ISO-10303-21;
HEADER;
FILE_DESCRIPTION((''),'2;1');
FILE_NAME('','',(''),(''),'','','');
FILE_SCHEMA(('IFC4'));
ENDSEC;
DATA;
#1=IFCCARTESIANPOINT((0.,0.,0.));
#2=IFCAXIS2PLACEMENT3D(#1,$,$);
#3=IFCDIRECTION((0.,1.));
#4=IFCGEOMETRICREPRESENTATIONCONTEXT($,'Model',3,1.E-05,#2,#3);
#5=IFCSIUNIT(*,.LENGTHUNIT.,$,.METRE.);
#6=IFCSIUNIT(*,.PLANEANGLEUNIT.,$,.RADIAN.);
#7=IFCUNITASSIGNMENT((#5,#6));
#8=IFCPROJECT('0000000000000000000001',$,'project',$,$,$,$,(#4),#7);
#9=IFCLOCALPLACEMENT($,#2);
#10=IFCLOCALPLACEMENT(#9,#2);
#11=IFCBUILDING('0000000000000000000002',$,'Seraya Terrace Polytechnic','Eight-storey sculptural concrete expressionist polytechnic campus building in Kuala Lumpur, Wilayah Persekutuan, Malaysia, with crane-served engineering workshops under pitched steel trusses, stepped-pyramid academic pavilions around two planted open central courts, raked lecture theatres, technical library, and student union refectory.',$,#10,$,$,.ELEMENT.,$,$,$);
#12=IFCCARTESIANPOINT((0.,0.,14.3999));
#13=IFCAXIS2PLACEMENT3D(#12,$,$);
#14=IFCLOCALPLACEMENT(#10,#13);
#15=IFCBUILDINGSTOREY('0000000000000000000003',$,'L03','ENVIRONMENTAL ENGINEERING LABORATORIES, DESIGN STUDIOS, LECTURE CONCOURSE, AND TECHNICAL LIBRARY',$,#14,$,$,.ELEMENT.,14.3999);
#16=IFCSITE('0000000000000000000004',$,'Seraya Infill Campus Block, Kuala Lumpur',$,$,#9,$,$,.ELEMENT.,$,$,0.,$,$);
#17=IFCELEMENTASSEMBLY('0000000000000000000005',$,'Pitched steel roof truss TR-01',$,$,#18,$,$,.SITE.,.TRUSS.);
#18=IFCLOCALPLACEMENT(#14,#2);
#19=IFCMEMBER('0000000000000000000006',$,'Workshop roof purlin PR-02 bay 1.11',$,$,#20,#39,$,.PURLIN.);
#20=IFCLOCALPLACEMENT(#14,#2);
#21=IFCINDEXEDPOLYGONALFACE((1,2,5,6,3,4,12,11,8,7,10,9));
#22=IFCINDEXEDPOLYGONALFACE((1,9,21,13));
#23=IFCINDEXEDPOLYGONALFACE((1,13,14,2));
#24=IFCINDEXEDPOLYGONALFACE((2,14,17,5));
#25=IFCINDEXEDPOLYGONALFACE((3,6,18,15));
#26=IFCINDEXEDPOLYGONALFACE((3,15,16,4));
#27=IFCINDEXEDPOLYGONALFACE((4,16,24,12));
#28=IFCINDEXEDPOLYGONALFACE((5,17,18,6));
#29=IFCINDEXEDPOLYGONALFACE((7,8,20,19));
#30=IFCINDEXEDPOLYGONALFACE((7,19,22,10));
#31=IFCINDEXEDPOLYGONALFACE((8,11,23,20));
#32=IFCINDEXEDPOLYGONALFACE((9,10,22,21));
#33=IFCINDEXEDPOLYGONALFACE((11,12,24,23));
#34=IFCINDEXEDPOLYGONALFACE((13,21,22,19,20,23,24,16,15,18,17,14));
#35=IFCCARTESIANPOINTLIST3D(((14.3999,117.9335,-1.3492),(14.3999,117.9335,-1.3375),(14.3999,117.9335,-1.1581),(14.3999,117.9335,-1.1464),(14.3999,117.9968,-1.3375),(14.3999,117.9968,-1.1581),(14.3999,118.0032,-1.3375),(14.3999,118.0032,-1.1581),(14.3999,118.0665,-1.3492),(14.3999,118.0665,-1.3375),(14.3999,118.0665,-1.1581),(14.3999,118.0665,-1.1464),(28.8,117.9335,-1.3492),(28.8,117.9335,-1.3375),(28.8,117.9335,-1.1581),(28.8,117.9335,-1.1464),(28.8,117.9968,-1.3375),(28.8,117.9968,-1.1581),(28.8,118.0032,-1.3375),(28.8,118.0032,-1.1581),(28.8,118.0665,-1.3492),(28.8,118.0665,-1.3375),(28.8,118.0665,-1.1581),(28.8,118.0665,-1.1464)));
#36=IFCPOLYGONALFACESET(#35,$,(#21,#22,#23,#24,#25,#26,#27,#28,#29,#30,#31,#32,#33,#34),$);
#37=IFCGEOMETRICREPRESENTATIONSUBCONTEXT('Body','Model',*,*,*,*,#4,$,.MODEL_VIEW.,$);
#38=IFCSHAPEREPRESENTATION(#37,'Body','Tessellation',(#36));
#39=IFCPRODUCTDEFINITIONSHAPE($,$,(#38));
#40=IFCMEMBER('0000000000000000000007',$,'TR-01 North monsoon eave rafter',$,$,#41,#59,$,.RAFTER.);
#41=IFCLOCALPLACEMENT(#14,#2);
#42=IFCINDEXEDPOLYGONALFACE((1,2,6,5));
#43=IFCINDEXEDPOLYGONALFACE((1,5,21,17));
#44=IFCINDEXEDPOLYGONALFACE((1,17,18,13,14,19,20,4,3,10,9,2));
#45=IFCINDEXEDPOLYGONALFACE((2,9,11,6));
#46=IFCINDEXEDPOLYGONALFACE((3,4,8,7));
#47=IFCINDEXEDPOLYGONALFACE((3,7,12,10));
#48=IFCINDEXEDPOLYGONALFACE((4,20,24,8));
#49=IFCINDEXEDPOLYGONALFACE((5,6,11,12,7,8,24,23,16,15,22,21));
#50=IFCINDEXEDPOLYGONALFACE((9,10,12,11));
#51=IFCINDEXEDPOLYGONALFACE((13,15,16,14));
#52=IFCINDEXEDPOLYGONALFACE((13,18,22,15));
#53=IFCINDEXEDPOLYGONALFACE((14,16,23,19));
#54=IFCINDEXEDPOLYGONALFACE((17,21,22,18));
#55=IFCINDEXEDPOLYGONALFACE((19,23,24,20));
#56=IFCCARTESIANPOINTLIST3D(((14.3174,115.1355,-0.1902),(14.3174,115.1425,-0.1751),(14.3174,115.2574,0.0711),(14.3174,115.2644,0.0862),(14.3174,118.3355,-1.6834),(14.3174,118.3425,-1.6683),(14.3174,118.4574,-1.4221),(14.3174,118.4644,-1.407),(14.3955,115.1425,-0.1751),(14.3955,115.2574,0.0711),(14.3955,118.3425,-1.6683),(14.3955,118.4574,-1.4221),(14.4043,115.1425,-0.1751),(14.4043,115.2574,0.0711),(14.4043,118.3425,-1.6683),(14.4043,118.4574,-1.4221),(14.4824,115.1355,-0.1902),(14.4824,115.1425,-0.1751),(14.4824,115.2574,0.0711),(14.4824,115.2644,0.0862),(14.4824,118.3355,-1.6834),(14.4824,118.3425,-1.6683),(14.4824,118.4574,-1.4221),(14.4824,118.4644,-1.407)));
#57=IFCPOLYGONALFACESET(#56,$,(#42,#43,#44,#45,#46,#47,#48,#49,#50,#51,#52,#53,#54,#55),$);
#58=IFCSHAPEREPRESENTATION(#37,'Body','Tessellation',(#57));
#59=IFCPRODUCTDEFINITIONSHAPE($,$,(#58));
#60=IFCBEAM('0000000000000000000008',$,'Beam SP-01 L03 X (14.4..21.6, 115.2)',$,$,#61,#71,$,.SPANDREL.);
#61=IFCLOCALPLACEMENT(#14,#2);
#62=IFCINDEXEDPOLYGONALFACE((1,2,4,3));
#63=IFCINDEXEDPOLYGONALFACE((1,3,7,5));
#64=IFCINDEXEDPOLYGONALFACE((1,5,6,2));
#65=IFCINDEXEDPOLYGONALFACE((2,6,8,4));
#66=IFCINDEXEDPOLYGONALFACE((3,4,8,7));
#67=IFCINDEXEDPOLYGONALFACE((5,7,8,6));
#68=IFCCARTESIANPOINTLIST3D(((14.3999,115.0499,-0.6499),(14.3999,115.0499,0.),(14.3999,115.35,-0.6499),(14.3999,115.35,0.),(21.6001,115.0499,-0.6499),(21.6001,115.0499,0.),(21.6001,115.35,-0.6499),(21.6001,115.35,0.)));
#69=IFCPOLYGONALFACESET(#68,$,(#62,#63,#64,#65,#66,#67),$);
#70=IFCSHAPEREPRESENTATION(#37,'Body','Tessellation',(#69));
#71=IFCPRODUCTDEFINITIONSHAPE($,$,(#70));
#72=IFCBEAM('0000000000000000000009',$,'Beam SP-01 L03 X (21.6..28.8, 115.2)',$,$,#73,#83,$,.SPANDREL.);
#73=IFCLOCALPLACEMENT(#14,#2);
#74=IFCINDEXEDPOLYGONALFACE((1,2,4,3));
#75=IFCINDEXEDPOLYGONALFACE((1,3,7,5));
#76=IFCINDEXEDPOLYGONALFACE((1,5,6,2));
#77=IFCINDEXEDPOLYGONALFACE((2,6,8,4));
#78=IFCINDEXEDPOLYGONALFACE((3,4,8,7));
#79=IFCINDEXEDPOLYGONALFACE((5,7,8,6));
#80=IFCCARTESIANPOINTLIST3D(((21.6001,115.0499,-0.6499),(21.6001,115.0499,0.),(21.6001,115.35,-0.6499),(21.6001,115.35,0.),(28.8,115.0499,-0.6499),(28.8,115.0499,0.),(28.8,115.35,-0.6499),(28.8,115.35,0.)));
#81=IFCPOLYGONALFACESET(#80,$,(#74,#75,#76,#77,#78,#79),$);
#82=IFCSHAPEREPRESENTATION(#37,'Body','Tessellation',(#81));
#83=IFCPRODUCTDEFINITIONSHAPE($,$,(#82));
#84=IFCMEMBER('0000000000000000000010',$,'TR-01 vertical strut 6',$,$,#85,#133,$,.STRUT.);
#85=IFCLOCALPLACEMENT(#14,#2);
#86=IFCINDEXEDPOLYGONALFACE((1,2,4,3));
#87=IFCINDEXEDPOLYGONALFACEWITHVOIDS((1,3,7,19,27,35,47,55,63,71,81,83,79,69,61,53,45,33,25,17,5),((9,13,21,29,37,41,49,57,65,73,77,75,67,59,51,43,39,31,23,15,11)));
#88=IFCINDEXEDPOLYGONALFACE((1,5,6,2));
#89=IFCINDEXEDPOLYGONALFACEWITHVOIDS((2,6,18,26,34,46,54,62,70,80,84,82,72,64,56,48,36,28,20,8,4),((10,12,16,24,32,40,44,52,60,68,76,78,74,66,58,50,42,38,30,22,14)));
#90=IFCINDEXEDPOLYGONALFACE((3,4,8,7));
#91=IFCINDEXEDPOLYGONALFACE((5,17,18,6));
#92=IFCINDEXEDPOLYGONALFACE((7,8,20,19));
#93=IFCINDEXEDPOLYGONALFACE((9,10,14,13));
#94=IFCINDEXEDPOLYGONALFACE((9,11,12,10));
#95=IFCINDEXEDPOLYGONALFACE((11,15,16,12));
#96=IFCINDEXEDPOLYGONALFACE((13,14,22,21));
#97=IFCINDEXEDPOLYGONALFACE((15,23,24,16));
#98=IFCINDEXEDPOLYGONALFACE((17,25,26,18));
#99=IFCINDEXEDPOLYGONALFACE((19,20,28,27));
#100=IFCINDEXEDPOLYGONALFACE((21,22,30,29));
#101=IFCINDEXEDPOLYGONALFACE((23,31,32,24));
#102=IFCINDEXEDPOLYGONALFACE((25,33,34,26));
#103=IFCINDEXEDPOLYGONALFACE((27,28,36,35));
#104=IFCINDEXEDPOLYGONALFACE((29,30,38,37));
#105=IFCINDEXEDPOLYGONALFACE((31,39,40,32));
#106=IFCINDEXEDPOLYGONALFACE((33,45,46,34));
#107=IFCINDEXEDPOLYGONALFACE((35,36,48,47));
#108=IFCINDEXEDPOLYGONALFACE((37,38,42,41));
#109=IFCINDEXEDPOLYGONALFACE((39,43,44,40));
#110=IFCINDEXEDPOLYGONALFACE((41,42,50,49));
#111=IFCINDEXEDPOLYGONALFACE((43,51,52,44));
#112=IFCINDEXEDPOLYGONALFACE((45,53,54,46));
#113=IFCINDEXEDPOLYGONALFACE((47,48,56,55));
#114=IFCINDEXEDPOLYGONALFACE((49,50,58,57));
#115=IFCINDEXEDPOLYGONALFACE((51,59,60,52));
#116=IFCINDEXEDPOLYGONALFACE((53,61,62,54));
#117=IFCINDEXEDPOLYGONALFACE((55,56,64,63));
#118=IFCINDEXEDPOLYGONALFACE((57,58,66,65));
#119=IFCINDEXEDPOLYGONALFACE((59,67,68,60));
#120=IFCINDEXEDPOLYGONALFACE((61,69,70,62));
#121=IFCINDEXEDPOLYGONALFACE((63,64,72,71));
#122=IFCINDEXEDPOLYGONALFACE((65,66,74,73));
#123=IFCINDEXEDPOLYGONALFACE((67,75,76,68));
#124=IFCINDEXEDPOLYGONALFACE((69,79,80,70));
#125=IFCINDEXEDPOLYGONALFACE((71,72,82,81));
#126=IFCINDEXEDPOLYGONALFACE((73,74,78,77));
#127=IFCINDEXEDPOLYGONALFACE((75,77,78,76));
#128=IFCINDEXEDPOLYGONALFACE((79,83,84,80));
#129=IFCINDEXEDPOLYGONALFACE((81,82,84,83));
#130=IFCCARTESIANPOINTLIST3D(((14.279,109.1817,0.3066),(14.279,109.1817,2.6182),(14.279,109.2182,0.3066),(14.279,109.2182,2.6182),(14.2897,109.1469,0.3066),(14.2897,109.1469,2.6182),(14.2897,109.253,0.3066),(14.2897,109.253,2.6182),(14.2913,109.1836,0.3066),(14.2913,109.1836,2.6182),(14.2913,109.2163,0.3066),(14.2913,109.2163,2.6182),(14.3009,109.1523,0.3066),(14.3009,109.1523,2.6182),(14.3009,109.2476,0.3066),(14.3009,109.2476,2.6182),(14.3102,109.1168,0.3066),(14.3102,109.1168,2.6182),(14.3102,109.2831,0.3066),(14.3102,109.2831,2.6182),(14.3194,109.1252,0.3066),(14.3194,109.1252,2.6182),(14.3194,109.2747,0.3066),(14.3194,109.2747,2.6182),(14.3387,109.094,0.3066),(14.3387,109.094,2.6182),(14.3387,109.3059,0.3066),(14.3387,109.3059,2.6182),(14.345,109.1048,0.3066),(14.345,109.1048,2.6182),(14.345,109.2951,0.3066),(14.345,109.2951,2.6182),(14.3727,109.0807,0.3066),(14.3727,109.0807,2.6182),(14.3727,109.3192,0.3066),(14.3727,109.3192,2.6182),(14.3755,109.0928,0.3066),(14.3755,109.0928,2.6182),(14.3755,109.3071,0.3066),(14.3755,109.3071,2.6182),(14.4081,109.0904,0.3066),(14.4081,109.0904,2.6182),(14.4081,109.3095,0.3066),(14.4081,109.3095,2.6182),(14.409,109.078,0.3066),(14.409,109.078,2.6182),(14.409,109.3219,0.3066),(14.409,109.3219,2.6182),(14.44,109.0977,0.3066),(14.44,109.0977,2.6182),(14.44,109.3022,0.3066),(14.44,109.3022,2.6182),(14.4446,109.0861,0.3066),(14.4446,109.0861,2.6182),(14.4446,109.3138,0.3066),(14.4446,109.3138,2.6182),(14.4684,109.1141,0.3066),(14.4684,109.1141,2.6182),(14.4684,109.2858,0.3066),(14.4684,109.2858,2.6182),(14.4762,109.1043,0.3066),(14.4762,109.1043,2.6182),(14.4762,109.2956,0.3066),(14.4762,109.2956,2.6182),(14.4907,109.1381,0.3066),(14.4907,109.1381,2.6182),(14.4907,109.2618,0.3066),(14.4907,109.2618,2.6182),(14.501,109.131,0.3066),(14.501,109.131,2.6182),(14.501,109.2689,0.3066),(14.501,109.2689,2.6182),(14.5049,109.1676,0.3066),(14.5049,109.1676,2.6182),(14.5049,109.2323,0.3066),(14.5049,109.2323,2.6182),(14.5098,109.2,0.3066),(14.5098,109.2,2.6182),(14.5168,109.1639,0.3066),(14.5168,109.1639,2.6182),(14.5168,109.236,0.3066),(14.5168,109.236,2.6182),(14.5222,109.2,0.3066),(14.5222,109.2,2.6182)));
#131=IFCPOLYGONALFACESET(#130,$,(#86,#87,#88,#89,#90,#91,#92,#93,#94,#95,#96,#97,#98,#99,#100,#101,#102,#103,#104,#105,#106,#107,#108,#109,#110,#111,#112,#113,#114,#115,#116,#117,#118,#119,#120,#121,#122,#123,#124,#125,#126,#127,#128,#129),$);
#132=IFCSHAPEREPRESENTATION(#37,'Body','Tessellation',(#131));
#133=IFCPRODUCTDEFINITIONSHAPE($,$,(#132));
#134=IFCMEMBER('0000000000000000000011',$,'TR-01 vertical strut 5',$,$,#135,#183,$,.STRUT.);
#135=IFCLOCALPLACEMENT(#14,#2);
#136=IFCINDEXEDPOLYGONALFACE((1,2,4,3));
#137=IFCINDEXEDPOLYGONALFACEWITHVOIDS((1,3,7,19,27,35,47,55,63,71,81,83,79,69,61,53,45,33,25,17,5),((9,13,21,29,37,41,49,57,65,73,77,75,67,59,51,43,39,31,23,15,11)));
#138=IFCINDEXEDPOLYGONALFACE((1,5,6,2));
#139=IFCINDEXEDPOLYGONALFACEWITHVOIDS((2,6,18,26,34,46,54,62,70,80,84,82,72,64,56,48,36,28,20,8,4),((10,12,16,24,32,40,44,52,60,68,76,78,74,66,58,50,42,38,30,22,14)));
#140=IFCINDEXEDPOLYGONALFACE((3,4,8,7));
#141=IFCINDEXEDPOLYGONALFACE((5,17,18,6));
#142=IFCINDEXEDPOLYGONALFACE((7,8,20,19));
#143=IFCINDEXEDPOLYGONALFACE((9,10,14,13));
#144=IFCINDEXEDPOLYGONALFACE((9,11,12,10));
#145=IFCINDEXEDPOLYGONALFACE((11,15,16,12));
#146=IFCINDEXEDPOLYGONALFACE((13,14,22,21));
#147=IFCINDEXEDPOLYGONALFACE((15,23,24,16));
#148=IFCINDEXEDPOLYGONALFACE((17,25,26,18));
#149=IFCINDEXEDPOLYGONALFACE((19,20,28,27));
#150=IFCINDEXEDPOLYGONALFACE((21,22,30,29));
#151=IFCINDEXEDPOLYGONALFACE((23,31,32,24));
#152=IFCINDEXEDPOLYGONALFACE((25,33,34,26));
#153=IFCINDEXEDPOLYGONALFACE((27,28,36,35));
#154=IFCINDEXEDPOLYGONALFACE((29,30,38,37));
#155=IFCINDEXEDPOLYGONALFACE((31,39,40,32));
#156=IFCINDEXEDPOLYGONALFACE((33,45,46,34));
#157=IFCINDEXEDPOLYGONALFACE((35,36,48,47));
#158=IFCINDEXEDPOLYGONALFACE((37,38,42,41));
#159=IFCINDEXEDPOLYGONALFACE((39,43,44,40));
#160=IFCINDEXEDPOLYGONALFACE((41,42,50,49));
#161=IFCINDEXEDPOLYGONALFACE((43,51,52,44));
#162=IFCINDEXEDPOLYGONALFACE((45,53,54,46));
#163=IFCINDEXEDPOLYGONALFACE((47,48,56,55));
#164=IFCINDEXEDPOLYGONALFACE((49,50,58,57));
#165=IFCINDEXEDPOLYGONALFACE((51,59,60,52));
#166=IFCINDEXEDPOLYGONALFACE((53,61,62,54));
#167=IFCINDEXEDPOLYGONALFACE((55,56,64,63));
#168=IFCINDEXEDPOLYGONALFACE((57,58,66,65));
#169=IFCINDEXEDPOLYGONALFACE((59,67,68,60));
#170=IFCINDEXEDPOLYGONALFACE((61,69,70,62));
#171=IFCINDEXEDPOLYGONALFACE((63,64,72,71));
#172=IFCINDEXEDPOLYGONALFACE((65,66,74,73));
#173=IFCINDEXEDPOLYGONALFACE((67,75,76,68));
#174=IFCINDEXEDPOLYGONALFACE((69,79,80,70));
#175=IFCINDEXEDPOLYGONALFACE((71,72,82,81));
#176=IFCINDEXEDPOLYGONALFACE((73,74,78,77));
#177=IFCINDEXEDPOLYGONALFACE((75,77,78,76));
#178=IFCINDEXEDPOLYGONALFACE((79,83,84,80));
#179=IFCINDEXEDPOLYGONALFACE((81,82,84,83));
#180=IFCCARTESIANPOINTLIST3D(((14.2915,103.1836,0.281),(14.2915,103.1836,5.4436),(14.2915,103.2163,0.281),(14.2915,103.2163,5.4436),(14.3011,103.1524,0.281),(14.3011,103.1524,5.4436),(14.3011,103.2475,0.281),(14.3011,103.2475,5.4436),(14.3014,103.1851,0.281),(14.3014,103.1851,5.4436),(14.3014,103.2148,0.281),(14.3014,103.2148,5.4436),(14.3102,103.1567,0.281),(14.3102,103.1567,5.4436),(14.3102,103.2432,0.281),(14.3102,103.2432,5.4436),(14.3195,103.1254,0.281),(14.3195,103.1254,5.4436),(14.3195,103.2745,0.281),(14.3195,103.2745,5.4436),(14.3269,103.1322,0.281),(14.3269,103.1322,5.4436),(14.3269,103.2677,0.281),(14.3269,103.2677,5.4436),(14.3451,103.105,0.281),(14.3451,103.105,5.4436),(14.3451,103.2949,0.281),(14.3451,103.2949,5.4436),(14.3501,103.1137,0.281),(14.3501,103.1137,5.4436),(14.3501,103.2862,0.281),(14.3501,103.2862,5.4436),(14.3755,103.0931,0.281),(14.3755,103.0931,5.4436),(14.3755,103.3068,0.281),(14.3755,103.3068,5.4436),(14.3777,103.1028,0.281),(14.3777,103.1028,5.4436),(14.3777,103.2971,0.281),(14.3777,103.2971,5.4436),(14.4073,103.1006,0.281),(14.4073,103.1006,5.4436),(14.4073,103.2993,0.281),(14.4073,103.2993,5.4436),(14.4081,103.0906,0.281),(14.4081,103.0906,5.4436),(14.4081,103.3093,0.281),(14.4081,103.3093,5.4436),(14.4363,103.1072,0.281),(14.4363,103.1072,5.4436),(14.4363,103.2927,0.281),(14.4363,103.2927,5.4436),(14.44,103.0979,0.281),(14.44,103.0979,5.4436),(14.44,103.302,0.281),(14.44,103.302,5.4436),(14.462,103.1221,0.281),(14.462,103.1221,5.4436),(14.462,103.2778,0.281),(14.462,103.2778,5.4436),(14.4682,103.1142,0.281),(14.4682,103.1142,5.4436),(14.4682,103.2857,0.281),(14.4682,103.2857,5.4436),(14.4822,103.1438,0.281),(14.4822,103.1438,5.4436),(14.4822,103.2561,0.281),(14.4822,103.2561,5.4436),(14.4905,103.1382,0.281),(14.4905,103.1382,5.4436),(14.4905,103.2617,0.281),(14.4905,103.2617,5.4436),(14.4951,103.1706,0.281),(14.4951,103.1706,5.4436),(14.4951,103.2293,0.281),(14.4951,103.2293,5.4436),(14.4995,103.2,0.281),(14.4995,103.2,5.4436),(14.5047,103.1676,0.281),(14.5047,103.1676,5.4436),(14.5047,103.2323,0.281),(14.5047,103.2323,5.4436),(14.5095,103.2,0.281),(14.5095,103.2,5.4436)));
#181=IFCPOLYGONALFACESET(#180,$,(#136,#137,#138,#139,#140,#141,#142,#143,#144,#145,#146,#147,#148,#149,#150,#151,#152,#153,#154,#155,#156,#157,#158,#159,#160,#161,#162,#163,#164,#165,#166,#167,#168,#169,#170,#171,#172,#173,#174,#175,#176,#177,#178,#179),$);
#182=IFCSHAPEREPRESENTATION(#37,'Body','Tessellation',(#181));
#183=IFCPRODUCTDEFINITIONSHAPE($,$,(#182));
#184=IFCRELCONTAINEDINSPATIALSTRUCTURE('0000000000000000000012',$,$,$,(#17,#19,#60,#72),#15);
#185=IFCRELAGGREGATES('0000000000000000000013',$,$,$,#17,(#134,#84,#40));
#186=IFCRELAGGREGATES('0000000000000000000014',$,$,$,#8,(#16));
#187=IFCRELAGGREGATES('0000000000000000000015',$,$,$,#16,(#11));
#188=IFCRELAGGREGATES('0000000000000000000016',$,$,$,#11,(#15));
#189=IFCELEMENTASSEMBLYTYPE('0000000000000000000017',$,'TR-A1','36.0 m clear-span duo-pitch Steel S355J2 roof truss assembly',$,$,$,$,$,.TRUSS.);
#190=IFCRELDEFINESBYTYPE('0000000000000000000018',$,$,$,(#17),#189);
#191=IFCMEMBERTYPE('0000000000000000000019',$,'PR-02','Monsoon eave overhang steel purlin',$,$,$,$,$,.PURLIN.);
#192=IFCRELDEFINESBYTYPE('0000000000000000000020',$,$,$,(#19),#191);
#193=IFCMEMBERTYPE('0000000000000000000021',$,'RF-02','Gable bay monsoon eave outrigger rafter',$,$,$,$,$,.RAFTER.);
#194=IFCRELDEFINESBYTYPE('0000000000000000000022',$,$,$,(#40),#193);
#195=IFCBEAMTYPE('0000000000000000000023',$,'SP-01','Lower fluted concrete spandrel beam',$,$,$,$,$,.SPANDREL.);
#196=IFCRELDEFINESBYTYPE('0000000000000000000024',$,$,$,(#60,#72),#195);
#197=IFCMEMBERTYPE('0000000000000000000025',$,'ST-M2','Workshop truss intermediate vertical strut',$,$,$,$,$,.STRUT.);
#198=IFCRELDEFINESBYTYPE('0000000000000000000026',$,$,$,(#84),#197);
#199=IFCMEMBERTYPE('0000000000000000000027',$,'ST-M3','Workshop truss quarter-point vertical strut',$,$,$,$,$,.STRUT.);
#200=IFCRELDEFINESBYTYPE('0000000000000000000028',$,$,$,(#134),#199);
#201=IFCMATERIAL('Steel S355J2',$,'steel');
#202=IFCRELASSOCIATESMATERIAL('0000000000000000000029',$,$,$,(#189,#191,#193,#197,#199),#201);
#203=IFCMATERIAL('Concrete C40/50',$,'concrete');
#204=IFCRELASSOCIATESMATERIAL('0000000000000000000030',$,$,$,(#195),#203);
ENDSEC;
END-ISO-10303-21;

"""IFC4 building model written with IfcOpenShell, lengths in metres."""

from ifc_helpers import new_model, si_unit, direction, frame, origin, origin_2d, place, context, subcontext, project, spatial, rectangle, hollow_circle, i_section, extrude, material, material_profile, profile_set, type_object, element, aggregate, save


model = new_model("IFC4")

# Units and contexts
model_context = context("Model", 3, precision=1e-05, world=origin(), true_north=direction((0.0, 1.0)))
body_context = subcontext(model_context, "Body", "Model", "MODEL_VIEW")
ifc_project = project(units=[si_unit("LENGTHUNIT", "METRE"), si_unit("PLANEANGLEUNIT", "RADIAN")], contexts=[model_context])

# Site, building, storey
site_placement = place(None, origin())
site = spatial("IfcSite", under=ifc_project, at=site_placement, Name="Seraya Infill Campus Block, Kuala Lumpur", CompositionType="ELEMENT", RefElevation=0.0)
building_placement = place(site_placement, origin())
building = spatial("IfcBuilding", under=site, at=building_placement, Name="Seraya Terrace Polytechnic", Description="Eight-storey sculptural concrete expressionist polytechnic campus building in Kuala Lumpur, Wilayah Persekutuan, Malaysia, with crane-served engineering workshops under pitched steel trusses, stepped-pyramid academic pavilions around two planted open central courts, raked lecture theatres, technical library, and student union refectory.", CompositionType="ELEMENT")
storey_placement = place(building_placement, frame((0.0, 0.0, 14.3999)))
storey = spatial("IfcBuildingStorey", under=building, at=storey_placement, Name="L03", Description="ENVIRONMENTAL ENGINEERING LABORATORIES, DESIGN STUDIOS, LECTURE CONCOURSE, AND TECHNICAL LIBRARY", CompositionType="ELEMENT", Elevation=14.3999)

# Element assembly
ifc_material_1 = material(Name="Steel S355J2", Category="steel")
element_assembly_type = type_object("IfcElementAssemblyType", Name="TR-A1", Description="36.0 m clear-span duo-pitch Steel S355J2 roof truss assembly", PredefinedType="TRUSS", material=ifc_material_1)
assembly_placement = place(storey_placement, origin())
assembly = element("IfcElementAssembly", 1, at=assembly_placement, inside=storey, type_object=element_assembly_type, Name="Pitched steel roof truss TR-01", AssemblyPlace="SITE", PredefinedType="TRUSS")

# Shared definitions
ifc_material_2 = material(Name="Concrete C40/50", Category="concrete")

# Member
ifc_material_profile_1 = material_profile(ifc_material_1, i_section(OverallWidth=0.1331, OverallDepth=0.2029, WebThickness=0.0063, FlangeThickness=0.0117, at=origin_2d()), Name="UKB 203x133x6.4x11.8")
ifc_profile_set_1 = profile_set([ifc_material_profile_1], Name="Steel S355J2")
member_type_1 = type_object("IfcMemberType", Name="PR-02", Description="Monsoon eave overhang steel purlin", PredefinedType="PURLIN", material=ifc_profile_set_1)
member_1_placement = place(storey_placement, frame((14.3999, 118.0, -1.2478), z_axis=(1.0, 0.0, 0.0), x_axis=(0.0, 1.0, 0.0)))
element("IfcMember", 2, at=member_1_placement, inside=storey, type_object=member_type_1, Name="Workshop roof purlin PR-02 bay 1.11", PredefinedType="PURLIN", context=body_context, shape_type="SweptSolid", body=[
    extrude(i_section(OverallWidth=0.1331, OverallDepth=0.2029, WebThickness=0.0063, FlangeThickness=0.0117, at=origin_2d()), origin(), (0.0, 0.0, 1.0), 14.4001),
])

# Member
ifc_material_profile_2 = material_profile(ifc_material_1, i_section(OverallWidth=0.165, OverallDepth=0.3049, WebThickness=0.0088, FlangeThickness=0.0166, at=origin_2d()), Name="UKB 305x165x8.9x16.7")
ifc_profile_set_2 = profile_set([ifc_material_profile_2], Name="Steel S355J2")
member_type_2 = type_object("IfcMemberType", Name="RF-02", Description="Gable bay monsoon eave outrigger rafter", PredefinedType="RAFTER", material=ifc_profile_set_2)
member_2_placement = place(storey_placement, frame((14.3999, 115.2, -0.052), z_axis=(0.0, 0.906199, -0.422851), x_axis=(-1.0, 0.0, 0.0)))
member_2 = element("IfcMember", 3, at=member_2_placement, type_object=member_type_2, Name="TR-01 North monsoon eave rafter", PredefinedType="RAFTER", context=body_context, shape_type="SweptSolid", body=[
    extrude(i_section(OverallWidth=0.165, OverallDepth=0.3049, WebThickness=0.0088, FlangeThickness=0.0166, at=origin_2d()), origin(), (0.0, 0.0, 1.0), 3.5312),
])

# Beams
ifc_material_profile_3 = material_profile(ifc_material_2, rectangle(XDim=0.3, YDim=0.6499, at=origin_2d()), Name="RC 300x650")
ifc_profile_set_3 = profile_set([ifc_material_profile_3], Name="Concrete C40/50")
beam_type_1 = type_object("IfcBeamType", Name="SP-01", Description="Lower fluted concrete spandrel beam", PredefinedType="SPANDREL", material=ifc_profile_set_3)
beam_1_placement = place(storey_placement, frame((14.3999, 115.2, -0.325), z_axis=(1.0, 0.0, 0.0), x_axis=(0.0, 1.0, 0.0)))
element("IfcBeam", 4, at=beam_1_placement, inside=storey, type_object=beam_type_1, Name="Beam SP-01 L03 X (14.4..21.6, 115.2)", PredefinedType="SPANDREL", context=body_context, shape_type="SweptSolid", body=[
    extrude(rectangle(XDim=0.3, YDim=0.6499, at=origin_2d()), origin(), (0.0, 0.0, 1.0), 7.2002),
])
beam_2_placement = place(storey_placement, frame((21.6001, 115.2, -0.325), z_axis=(1.0, 0.0, 0.0), x_axis=(0.0, 1.0, 0.0)))
element("IfcBeam", 5, at=beam_2_placement, inside=storey, type_object=beam_type_1, Name="Beam SP-01 L03 X (21.6..28.8, 115.2)", PredefinedType="SPANDREL", context=body_context, shape_type="SweptSolid", body=[
    extrude(rectangle(XDim=0.3, YDim=0.6499, at=origin_2d()), origin(), (0.0, 0.0, 1.0), 7.2),
])

# Members
ifc_material_profile_4 = material_profile(ifc_material_1, hollow_circle(Radius=0.1223, WallThickness=0.0125, at=origin_2d()), Name="CHS 244.5x12.5")
ifc_profile_set_4 = profile_set([ifc_material_profile_4], Name="Steel S355J2")
member_type_3 = type_object("IfcMemberType", Name="ST-M2", Description="Workshop truss intermediate vertical strut", PredefinedType="STRUT", material=ifc_profile_set_4)
member_3_placement = place(storey_placement, frame((14.3999, 109.2, 0.3066), z_axis=(0.0, 0.0, 1.0), x_axis=(1.0, 0.0, 0.0)))
member_3 = element("IfcMember", 6, at=member_3_placement, type_object=member_type_3, Name="TR-01 vertical strut 6", PredefinedType="STRUT", context=body_context, shape_type="SweptSolid", body=[
    extrude(hollow_circle(Radius=0.1223, WallThickness=0.0125, at=origin_2d()), origin(), (0.0, 0.0, 1.0), 2.3115),
])
ifc_material_profile_5 = material_profile(ifc_material_1, hollow_circle(Radius=0.1096, WallThickness=0.01, at=origin_2d()), Name="CHS 219.1x10.0")
ifc_profile_set_5 = profile_set([ifc_material_profile_5], Name="Steel S355J2")
member_type_4 = type_object("IfcMemberType", Name="ST-M3", Description="Workshop truss quarter-point vertical strut", PredefinedType="STRUT", material=ifc_profile_set_5)
member_4_placement = place(storey_placement, frame((14.3999, 103.2, 0.281), z_axis=(0.0, 0.0, 1.0), x_axis=(1.0, 0.0, 0.0)))
member_4 = element("IfcMember", 7, at=member_4_placement, type_object=member_type_4, Name="TR-01 vertical strut 5", PredefinedType="STRUT", context=body_context, shape_type="SweptSolid", body=[
    extrude(hollow_circle(Radius=0.1096, WallThickness=0.01, at=origin_2d()), origin(), (0.0, 0.0, 1.0), 5.1626),
])

aggregate(assembly, [member_4, member_3, member_2])

save(model, "model.ifc")
